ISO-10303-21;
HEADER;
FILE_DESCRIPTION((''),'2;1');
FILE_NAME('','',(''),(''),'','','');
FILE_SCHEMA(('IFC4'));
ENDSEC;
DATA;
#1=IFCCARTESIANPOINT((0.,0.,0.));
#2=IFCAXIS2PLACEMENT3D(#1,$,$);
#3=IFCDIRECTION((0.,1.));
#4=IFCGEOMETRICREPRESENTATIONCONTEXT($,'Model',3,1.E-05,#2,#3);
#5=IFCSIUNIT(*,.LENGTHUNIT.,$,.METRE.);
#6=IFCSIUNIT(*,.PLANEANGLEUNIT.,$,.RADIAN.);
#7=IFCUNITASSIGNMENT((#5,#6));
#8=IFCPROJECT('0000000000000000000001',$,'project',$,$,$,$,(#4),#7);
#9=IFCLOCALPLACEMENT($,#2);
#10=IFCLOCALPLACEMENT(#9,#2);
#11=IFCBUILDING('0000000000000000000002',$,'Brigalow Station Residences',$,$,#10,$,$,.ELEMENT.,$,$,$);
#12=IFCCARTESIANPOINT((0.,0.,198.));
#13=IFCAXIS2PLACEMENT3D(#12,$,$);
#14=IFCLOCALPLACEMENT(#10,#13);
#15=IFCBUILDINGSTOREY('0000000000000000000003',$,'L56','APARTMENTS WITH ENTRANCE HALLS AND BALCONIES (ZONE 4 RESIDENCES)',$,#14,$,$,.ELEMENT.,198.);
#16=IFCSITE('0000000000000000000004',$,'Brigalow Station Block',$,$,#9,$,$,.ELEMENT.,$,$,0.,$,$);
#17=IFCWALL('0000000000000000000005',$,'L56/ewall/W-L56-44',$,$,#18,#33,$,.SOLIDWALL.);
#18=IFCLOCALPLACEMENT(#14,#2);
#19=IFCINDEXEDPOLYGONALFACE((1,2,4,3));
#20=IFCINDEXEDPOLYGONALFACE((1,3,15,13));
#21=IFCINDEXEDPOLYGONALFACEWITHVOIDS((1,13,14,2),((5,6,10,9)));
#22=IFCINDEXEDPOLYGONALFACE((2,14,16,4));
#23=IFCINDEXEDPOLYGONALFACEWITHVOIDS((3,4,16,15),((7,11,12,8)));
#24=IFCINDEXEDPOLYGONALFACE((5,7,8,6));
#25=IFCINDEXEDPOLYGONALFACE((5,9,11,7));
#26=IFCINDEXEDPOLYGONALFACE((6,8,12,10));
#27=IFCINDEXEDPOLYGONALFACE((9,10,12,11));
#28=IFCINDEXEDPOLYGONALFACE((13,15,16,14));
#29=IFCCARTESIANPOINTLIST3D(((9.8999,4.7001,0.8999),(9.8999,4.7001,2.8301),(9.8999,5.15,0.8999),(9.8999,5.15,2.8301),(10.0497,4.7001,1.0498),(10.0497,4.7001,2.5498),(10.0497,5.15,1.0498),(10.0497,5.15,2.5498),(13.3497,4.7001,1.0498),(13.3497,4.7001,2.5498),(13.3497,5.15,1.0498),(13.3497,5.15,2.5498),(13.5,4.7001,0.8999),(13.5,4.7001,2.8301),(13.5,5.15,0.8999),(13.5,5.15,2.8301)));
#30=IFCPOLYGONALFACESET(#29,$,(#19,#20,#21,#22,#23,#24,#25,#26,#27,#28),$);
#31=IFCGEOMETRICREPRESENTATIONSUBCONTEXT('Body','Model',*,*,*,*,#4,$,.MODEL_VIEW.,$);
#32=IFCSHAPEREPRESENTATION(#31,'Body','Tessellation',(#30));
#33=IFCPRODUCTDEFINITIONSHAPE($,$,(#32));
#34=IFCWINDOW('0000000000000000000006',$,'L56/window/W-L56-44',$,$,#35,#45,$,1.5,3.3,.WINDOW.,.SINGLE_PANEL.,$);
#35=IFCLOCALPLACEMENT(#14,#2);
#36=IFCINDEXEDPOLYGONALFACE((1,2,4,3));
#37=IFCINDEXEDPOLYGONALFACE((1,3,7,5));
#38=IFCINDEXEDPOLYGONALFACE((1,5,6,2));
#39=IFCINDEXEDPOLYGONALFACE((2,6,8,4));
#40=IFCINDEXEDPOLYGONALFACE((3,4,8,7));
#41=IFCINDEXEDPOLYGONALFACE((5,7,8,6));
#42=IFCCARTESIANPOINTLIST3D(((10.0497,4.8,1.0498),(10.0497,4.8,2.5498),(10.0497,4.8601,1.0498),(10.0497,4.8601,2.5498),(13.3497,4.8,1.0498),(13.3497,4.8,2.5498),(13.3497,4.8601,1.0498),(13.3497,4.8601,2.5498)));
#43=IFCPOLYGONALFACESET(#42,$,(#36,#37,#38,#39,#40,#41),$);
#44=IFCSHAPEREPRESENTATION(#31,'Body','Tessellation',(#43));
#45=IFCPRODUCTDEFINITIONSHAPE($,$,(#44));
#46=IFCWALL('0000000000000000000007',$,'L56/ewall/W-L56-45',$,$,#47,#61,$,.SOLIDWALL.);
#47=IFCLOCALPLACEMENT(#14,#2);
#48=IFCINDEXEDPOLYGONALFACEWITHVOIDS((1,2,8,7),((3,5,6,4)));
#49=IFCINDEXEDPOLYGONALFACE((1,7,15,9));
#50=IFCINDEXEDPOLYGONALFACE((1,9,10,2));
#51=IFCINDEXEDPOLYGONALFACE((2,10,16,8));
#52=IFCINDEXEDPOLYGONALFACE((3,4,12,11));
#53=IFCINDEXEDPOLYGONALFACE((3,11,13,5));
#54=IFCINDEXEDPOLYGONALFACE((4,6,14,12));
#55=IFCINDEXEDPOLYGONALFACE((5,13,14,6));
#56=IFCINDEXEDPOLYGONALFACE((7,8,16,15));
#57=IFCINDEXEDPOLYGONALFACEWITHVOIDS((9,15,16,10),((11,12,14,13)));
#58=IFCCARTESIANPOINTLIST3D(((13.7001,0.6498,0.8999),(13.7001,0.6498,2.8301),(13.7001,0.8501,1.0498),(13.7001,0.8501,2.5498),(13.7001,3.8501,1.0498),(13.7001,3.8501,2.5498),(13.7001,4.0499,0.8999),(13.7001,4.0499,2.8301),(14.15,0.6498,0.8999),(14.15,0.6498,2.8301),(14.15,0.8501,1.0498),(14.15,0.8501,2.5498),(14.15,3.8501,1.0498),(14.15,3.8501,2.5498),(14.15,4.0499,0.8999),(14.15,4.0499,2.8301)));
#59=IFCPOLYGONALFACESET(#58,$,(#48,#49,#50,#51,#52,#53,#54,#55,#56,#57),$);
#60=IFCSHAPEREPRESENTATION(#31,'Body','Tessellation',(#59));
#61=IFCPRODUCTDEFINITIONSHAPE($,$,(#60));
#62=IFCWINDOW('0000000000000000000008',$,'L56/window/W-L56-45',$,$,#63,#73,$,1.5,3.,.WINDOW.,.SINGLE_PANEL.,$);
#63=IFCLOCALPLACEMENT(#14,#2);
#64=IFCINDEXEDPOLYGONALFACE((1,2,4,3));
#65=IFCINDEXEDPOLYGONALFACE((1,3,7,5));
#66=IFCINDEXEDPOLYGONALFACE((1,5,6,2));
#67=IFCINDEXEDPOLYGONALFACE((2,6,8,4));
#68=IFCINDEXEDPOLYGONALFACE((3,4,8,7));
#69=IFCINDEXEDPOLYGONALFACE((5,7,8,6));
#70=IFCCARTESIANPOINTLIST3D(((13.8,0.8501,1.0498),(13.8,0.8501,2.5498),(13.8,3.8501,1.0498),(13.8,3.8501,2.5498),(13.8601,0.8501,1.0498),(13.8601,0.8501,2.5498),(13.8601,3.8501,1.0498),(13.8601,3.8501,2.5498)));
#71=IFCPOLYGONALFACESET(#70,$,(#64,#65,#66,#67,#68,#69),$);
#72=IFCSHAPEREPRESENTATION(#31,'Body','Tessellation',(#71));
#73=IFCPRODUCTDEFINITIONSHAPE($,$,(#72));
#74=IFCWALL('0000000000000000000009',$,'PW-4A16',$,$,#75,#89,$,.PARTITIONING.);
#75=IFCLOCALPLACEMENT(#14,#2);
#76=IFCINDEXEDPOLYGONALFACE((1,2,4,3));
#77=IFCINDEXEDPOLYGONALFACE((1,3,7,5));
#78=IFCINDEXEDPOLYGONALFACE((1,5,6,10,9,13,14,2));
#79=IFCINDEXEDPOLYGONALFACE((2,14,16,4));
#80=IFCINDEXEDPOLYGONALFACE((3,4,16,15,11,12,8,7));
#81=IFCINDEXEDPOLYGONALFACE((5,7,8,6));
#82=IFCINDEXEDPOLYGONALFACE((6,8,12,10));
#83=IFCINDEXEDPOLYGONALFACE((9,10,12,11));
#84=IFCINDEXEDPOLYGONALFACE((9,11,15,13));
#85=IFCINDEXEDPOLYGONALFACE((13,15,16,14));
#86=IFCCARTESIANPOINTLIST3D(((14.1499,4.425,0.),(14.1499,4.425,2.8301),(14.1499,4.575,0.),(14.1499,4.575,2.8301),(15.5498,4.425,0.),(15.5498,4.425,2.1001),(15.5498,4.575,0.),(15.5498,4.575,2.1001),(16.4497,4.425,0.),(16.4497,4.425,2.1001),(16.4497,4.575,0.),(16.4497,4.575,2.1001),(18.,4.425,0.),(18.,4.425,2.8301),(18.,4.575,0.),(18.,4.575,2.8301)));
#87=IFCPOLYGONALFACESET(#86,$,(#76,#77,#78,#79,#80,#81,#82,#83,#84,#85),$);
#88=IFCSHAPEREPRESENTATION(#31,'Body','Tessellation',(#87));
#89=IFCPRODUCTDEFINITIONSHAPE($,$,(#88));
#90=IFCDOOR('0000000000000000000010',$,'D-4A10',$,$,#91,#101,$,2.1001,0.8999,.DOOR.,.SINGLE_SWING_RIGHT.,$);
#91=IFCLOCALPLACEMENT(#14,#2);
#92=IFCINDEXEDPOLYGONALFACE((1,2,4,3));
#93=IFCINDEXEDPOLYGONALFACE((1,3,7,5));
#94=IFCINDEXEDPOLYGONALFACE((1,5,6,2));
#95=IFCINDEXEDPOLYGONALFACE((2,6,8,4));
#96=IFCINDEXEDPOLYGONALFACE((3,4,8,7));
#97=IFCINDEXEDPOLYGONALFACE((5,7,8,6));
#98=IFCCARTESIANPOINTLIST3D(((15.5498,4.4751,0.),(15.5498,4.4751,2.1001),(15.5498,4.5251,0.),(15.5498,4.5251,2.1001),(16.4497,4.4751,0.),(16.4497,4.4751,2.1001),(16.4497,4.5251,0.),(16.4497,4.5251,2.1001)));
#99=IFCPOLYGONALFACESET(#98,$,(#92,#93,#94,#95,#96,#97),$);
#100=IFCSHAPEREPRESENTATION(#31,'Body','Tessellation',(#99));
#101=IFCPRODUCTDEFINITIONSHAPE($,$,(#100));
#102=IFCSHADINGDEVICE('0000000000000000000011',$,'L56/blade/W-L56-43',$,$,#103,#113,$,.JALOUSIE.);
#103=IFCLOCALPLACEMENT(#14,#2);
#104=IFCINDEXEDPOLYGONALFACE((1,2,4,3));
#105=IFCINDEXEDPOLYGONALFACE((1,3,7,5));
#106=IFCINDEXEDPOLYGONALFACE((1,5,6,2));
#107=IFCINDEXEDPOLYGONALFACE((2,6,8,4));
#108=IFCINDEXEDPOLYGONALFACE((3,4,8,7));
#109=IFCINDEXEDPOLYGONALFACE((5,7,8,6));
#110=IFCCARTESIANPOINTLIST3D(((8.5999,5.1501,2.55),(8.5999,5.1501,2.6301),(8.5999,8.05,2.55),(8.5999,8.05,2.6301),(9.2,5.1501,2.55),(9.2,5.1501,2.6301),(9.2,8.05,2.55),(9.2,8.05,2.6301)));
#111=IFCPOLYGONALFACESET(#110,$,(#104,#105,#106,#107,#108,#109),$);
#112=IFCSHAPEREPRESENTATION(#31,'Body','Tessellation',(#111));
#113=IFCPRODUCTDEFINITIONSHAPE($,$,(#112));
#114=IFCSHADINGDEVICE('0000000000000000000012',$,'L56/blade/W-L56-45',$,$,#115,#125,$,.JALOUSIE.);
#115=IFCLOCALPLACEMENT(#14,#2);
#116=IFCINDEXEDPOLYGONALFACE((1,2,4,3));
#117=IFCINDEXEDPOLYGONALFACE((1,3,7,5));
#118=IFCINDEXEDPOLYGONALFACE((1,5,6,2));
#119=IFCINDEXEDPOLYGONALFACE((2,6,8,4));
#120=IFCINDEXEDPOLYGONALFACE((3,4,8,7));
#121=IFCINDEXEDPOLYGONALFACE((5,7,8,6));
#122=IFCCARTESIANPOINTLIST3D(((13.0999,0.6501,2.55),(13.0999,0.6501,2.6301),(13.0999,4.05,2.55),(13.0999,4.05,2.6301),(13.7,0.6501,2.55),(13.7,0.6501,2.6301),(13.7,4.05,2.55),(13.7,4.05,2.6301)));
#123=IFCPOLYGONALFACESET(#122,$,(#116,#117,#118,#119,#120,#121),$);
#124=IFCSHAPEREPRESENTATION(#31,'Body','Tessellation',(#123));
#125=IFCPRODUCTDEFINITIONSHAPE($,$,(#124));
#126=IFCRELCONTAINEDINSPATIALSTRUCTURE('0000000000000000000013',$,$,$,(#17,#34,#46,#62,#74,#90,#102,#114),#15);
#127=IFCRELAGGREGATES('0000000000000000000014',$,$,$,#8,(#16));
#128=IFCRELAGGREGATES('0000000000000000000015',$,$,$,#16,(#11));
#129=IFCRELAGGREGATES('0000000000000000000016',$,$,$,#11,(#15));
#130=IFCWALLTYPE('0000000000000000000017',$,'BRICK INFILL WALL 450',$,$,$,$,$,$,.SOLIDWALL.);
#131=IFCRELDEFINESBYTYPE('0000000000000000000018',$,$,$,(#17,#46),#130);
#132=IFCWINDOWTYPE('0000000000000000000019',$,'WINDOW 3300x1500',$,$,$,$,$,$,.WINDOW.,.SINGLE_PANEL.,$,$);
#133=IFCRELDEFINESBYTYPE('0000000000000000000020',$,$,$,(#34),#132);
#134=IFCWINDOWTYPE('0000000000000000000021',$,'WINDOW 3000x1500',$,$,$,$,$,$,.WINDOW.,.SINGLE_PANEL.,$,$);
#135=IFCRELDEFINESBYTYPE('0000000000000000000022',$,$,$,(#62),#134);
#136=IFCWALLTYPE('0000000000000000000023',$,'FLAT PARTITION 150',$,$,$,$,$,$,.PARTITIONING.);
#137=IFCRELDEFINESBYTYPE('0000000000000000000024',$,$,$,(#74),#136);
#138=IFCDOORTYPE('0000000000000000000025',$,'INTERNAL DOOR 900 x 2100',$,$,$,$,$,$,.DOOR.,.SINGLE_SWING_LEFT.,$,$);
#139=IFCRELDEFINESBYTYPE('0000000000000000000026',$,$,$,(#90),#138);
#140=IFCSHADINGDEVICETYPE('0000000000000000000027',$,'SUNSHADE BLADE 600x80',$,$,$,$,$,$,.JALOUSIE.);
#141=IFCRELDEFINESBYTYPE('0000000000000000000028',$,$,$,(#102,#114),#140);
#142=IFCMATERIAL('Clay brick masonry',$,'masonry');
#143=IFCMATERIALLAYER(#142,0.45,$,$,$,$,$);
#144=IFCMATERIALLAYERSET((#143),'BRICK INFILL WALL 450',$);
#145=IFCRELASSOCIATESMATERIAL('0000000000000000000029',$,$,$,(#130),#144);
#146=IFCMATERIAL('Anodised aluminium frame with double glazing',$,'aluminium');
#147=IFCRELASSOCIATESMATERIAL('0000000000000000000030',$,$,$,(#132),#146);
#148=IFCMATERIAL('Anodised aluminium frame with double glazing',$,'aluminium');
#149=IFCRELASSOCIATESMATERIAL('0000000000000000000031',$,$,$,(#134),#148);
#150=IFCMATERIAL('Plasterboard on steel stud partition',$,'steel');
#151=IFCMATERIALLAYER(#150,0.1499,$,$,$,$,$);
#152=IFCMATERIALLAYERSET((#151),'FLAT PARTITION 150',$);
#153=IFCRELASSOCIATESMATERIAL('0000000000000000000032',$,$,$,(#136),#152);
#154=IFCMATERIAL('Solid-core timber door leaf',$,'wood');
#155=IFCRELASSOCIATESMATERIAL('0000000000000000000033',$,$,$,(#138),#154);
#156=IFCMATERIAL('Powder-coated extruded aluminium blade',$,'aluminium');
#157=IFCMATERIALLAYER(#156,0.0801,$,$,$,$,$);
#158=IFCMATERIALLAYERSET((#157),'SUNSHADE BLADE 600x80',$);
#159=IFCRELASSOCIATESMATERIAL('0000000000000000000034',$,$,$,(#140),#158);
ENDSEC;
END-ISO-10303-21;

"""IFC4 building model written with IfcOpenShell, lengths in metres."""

from ifc_helpers import new_model, si_unit, direction, frame, frame_2d, origin, origin_2d, place, context, subcontext, project, spatial, rectangle, extrude, material, layer, layer_set, type_object, element, fill, save


model = new_model("IFC4")

# Units and contexts
model_context = context("Model", 3, precision=1e-05, world=origin(), true_north=direction((0.0, 1.0)))
body_context = subcontext(model_context, "Body", "Model", "MODEL_VIEW")
ifc_project = project(units=[si_unit("LENGTHUNIT", "METRE"), si_unit("PLANEANGLEUNIT", "RADIAN")], contexts=[model_context])

# Site, building, storey
site_placement = place(None, origin())
site = spatial("IfcSite", under=ifc_project, at=site_placement, Name="Brigalow Station Block", CompositionType="ELEMENT", RefElevation=0.0)
building_placement = place(site_placement, origin())
building = spatial("IfcBuilding", under=site, at=building_placement, Name="Brigalow Station Residences", CompositionType="ELEMENT")
storey_placement = place(building_placement, frame((0.0, 0.0, 198.0)))
storey = spatial("IfcBuildingStorey", under=building, at=storey_placement, Name="L56", Description="APARTMENTS WITH ENTRANCE HALLS AND BALCONIES (ZONE 4 RESIDENCES)", CompositionType="ELEMENT", Elevation=198.0)

# Walls, openings, windows
ifc_material_1 = material(Name="Clay brick masonry", Category="masonry")
ifc_layer_1 = layer(ifc_material_1, 0.45)
ifc_layer_set_1 = layer_set([ifc_layer_1], Name="BRICK INFILL WALL 450")
wall_type_1 = type_object("IfcWallType", Name="BRICK INFILL WALL 450", PredefinedType="SOLIDWALL", material=ifc_layer_set_1)
wall_1_placement = place(storey_placement, frame((9.8999, 4.925, 0.8999), z_axis=(0.0, 0.0, 1.0), x_axis=(1.0, 0.0, 0.0)))
wall_1 = element("IfcWall", 1, at=wall_1_placement, inside=storey, type_object=wall_type_1, Name="L56/ewall/W-L56-44", PredefinedType="SOLIDWALL", context=body_context, shape_type="SweptSolid", body=[
    extrude(rectangle(XDim=3.6001, YDim=0.45, at=frame_2d((1.8, 0.0))), origin(), (0.0, 0.0, 1.0), 1.9302),
])
opening_1_placement = place(wall_1_placement, frame((0.1499, 0.0, 0.1499)))
opening_1 = element("IfcOpeningElement", 2, at=opening_1_placement, cuts=wall_1, PredefinedType="OPENING", context=body_context, shape_type="SweptSolid", body=[
    extrude(rectangle(XDim=3.3, YDim=1.5, at=frame_2d((1.6499, 0.75))), frame((0.0, 0.2349, 0.0), z_axis=(0.0, -1.0, 0.0), x_axis=(1.0, 0.0, 0.0)), (0.0, 0.0, 1.0), 0.47),
])
ifc_material_2 = material(Name="Anodised aluminium frame with double glazing", Category="aluminium")
window_type_1 = type_object("IfcWindowType", Name="WINDOW 3300x1500", PartitioningType="SINGLE_PANEL", PredefinedType="WINDOW", material=ifc_material_2)
window_1_placement = place(opening_1_placement, origin())
window_1 = element("IfcWindow", 3, at=window_1_placement, inside=storey, type_object=window_type_1, Name="L56/window/W-L56-44", OverallHeight=1.5, OverallWidth=3.3, PartitioningType="SINGLE_PANEL", PredefinedType="WINDOW", context=body_context, shape_type="SweptSolid", body=[
    extrude(rectangle(XDim=3.3, YDim=1.5, at=frame_2d((1.6499, 0.75))), frame((0.0, -0.0649, 0.0), z_axis=(0.0, -1.0, 0.0), x_axis=(1.0, 0.0, 0.0)), (0.0, 0.0, 1.0), 0.0601),
])
fill(opening_1, window_1)
wall_2_placement = place(storey_placement, frame((13.925, 4.05, 0.8999), z_axis=(0.0, 0.0, 1.0), x_axis=(0.0, -1.0, 0.0)))
wall_2 = element("IfcWall", 4, at=wall_2_placement, inside=storey, type_object=wall_type_1, Name="L56/ewall/W-L56-45", PredefinedType="SOLIDWALL", context=body_context, shape_type="SweptSolid", body=[
    extrude(rectangle(XDim=3.4001, YDim=0.45, at=frame_2d((1.7002, 0.0))), origin(), (0.0, 0.0, 1.0), 1.9302),
])
opening_2_placement = place(wall_2_placement, frame((0.2, 0.0, 0.1499)))
opening_2 = element("IfcOpeningElement", 5, at=opening_2_placement, cuts=wall_2, PredefinedType="OPENING", context=body_context, shape_type="SweptSolid", body=[
    extrude(rectangle(XDim=3.0, YDim=1.5, at=frame_2d((1.5, 0.75))), frame((0.0, 0.2349, 0.0), z_axis=(0.0, -1.0, 0.0), x_axis=(1.0, 0.0, 0.0)), (0.0, 0.0, 1.0), 0.47),
])
ifc_material_3 = material(Name="Anodised aluminium frame with double glazing", Category="aluminium")
window_type_2 = type_object("IfcWindowType", Name="WINDOW 3000x1500", PartitioningType="SINGLE_PANEL", PredefinedType="WINDOW", material=ifc_material_3)
window_2_placement = place(opening_2_placement, origin())
window_2 = element("IfcWindow", 6, at=window_2_placement, inside=storey, type_object=window_type_2, Name="L56/window/W-L56-45", OverallHeight=1.5, OverallWidth=3.0, PartitioningType="SINGLE_PANEL", PredefinedType="WINDOW", context=body_context, shape_type="SweptSolid", body=[
    extrude(rectangle(XDim=3.0, YDim=1.5, at=frame_2d((1.5, 0.75))), frame((0.0, -0.0649, 0.0), z_axis=(0.0, -1.0, 0.0), x_axis=(1.0, 0.0, 0.0)), (0.0, 0.0, 1.0), 0.0601),
])
fill(opening_2, window_2)

# Wall, opening, door
ifc_material_4 = material(Name="Plasterboard on steel stud partition", Category="steel")
ifc_layer_2 = layer(ifc_material_4, 0.1499)
ifc_layer_set_2 = layer_set([ifc_layer_2], Name="FLAT PARTITION 150")
wall_type_2 = type_object("IfcWallType", Name="FLAT PARTITION 150", PredefinedType="PARTITIONING", material=ifc_layer_set_2)
wall_3_placement = place(storey_placement, frame((14.1499, 4.5, 0.0), z_axis=(0.0, 0.0, 1.0), x_axis=(1.0, 0.0, 0.0)))
wall_3 = element("IfcWall", 7, at=wall_3_placement, inside=storey, type_object=wall_type_2, Name="PW-4A16", PredefinedType="PARTITIONING", context=body_context, shape_type="SweptSolid", body=[
    extrude(rectangle(XDim=3.8501, YDim=0.1499, at=frame_2d((1.925, 0.0))), origin(), (0.0, 0.0, 1.0), 2.8301),
])
opening_3_placement = place(wall_3_placement, frame((1.3999, 0.0, 0.0)))
opening_3 = element("IfcOpeningElement", 8, at=opening_3_placement, cuts=wall_3, PredefinedType="OPENING", context=body_context, shape_type="SweptSolid", body=[
    extrude(rectangle(XDim=0.8999, YDim=2.1001, at=frame_2d((0.45, 1.05))), frame((0.0, 0.085, 0.0), z_axis=(0.0, -1.0, 0.0), x_axis=(1.0, 0.0, 0.0)), (0.0, 0.0, 1.0), 0.1699),
])
ifc_material_5 = material(Name="Solid-core timber door leaf", Category="wood")
door_type = type_object("IfcDoorType", Name="INTERNAL DOOR 900 x 2100", OperationType="SINGLE_SWING_LEFT", PredefinedType="DOOR", material=ifc_material_5)
door_placement = place(opening_3_placement, frame((0.8999, 0.0, 0.0), z_axis=(0.0, 0.0, 1.0), x_axis=(-1.0, 0.0, 0.0)))
door = element("IfcDoor", 9, at=door_placement, inside=storey, type_object=door_type, Name="D-4A10", OperationType="SINGLE_SWING_RIGHT", OverallHeight=2.1001, OverallWidth=0.8999, PredefinedType="DOOR", context=body_context, shape_type="SweptSolid", body=[
    extrude(rectangle(XDim=0.8999, YDim=2.1001, at=frame_2d((0.45, 1.05))), frame((0.0, 0.0249, 0.0), z_axis=(0.0, -1.0, 0.0), x_axis=(1.0, 0.0, 0.0)), (0.0, 0.0, 1.0), 0.05),
])
fill(opening_3, door)

# Shading devices
ifc_material_6 = material(Name="Powder-coated extruded aluminium blade", Category="aluminium")
ifc_layer_3 = layer(ifc_material_6, 0.0801)
ifc_layer_set_3 = layer_set([ifc_layer_3], Name="SUNSHADE BLADE 600x80")
shading_device_type = type_object("IfcShadingDeviceType", Name="SUNSHADE BLADE 600x80", PredefinedType="JALOUSIE", material=ifc_layer_set_3)
shading_device_1_placement = place(storey_placement, frame((8.8999, 6.6001, 2.55), z_axis=(0.0, 0.0, 1.0), x_axis=(0.0, -1.0, 0.0)))
element("IfcShadingDevice", 10, at=shading_device_1_placement, inside=storey, type_object=shading_device_type, Name="L56/blade/W-L56-43", PredefinedType="JALOUSIE", context=body_context, shape_type="SweptSolid", body=[
    extrude(rectangle(XDim=2.8999, YDim=0.6001, at=origin_2d()), origin(), (0.0, 0.0, 1.0), 0.0801),
])
shading_device_2_placement = place(storey_placement, frame((13.3999, 2.3501, 2.55), z_axis=(0.0, 0.0, 1.0), x_axis=(0.0, -1.0, 0.0)))
element("IfcShadingDevice", 11, at=shading_device_2_placement, inside=storey, type_object=shading_device_type, Name="L56/blade/W-L56-45", PredefinedType="JALOUSIE", context=body_context, shape_type="SweptSolid", body=[
    extrude(rectangle(XDim=3.3999, YDim=0.6001, at=origin_2d()), origin(), (0.0, 0.0, 1.0), 0.0801),
])

save(model, "model.ifc")
